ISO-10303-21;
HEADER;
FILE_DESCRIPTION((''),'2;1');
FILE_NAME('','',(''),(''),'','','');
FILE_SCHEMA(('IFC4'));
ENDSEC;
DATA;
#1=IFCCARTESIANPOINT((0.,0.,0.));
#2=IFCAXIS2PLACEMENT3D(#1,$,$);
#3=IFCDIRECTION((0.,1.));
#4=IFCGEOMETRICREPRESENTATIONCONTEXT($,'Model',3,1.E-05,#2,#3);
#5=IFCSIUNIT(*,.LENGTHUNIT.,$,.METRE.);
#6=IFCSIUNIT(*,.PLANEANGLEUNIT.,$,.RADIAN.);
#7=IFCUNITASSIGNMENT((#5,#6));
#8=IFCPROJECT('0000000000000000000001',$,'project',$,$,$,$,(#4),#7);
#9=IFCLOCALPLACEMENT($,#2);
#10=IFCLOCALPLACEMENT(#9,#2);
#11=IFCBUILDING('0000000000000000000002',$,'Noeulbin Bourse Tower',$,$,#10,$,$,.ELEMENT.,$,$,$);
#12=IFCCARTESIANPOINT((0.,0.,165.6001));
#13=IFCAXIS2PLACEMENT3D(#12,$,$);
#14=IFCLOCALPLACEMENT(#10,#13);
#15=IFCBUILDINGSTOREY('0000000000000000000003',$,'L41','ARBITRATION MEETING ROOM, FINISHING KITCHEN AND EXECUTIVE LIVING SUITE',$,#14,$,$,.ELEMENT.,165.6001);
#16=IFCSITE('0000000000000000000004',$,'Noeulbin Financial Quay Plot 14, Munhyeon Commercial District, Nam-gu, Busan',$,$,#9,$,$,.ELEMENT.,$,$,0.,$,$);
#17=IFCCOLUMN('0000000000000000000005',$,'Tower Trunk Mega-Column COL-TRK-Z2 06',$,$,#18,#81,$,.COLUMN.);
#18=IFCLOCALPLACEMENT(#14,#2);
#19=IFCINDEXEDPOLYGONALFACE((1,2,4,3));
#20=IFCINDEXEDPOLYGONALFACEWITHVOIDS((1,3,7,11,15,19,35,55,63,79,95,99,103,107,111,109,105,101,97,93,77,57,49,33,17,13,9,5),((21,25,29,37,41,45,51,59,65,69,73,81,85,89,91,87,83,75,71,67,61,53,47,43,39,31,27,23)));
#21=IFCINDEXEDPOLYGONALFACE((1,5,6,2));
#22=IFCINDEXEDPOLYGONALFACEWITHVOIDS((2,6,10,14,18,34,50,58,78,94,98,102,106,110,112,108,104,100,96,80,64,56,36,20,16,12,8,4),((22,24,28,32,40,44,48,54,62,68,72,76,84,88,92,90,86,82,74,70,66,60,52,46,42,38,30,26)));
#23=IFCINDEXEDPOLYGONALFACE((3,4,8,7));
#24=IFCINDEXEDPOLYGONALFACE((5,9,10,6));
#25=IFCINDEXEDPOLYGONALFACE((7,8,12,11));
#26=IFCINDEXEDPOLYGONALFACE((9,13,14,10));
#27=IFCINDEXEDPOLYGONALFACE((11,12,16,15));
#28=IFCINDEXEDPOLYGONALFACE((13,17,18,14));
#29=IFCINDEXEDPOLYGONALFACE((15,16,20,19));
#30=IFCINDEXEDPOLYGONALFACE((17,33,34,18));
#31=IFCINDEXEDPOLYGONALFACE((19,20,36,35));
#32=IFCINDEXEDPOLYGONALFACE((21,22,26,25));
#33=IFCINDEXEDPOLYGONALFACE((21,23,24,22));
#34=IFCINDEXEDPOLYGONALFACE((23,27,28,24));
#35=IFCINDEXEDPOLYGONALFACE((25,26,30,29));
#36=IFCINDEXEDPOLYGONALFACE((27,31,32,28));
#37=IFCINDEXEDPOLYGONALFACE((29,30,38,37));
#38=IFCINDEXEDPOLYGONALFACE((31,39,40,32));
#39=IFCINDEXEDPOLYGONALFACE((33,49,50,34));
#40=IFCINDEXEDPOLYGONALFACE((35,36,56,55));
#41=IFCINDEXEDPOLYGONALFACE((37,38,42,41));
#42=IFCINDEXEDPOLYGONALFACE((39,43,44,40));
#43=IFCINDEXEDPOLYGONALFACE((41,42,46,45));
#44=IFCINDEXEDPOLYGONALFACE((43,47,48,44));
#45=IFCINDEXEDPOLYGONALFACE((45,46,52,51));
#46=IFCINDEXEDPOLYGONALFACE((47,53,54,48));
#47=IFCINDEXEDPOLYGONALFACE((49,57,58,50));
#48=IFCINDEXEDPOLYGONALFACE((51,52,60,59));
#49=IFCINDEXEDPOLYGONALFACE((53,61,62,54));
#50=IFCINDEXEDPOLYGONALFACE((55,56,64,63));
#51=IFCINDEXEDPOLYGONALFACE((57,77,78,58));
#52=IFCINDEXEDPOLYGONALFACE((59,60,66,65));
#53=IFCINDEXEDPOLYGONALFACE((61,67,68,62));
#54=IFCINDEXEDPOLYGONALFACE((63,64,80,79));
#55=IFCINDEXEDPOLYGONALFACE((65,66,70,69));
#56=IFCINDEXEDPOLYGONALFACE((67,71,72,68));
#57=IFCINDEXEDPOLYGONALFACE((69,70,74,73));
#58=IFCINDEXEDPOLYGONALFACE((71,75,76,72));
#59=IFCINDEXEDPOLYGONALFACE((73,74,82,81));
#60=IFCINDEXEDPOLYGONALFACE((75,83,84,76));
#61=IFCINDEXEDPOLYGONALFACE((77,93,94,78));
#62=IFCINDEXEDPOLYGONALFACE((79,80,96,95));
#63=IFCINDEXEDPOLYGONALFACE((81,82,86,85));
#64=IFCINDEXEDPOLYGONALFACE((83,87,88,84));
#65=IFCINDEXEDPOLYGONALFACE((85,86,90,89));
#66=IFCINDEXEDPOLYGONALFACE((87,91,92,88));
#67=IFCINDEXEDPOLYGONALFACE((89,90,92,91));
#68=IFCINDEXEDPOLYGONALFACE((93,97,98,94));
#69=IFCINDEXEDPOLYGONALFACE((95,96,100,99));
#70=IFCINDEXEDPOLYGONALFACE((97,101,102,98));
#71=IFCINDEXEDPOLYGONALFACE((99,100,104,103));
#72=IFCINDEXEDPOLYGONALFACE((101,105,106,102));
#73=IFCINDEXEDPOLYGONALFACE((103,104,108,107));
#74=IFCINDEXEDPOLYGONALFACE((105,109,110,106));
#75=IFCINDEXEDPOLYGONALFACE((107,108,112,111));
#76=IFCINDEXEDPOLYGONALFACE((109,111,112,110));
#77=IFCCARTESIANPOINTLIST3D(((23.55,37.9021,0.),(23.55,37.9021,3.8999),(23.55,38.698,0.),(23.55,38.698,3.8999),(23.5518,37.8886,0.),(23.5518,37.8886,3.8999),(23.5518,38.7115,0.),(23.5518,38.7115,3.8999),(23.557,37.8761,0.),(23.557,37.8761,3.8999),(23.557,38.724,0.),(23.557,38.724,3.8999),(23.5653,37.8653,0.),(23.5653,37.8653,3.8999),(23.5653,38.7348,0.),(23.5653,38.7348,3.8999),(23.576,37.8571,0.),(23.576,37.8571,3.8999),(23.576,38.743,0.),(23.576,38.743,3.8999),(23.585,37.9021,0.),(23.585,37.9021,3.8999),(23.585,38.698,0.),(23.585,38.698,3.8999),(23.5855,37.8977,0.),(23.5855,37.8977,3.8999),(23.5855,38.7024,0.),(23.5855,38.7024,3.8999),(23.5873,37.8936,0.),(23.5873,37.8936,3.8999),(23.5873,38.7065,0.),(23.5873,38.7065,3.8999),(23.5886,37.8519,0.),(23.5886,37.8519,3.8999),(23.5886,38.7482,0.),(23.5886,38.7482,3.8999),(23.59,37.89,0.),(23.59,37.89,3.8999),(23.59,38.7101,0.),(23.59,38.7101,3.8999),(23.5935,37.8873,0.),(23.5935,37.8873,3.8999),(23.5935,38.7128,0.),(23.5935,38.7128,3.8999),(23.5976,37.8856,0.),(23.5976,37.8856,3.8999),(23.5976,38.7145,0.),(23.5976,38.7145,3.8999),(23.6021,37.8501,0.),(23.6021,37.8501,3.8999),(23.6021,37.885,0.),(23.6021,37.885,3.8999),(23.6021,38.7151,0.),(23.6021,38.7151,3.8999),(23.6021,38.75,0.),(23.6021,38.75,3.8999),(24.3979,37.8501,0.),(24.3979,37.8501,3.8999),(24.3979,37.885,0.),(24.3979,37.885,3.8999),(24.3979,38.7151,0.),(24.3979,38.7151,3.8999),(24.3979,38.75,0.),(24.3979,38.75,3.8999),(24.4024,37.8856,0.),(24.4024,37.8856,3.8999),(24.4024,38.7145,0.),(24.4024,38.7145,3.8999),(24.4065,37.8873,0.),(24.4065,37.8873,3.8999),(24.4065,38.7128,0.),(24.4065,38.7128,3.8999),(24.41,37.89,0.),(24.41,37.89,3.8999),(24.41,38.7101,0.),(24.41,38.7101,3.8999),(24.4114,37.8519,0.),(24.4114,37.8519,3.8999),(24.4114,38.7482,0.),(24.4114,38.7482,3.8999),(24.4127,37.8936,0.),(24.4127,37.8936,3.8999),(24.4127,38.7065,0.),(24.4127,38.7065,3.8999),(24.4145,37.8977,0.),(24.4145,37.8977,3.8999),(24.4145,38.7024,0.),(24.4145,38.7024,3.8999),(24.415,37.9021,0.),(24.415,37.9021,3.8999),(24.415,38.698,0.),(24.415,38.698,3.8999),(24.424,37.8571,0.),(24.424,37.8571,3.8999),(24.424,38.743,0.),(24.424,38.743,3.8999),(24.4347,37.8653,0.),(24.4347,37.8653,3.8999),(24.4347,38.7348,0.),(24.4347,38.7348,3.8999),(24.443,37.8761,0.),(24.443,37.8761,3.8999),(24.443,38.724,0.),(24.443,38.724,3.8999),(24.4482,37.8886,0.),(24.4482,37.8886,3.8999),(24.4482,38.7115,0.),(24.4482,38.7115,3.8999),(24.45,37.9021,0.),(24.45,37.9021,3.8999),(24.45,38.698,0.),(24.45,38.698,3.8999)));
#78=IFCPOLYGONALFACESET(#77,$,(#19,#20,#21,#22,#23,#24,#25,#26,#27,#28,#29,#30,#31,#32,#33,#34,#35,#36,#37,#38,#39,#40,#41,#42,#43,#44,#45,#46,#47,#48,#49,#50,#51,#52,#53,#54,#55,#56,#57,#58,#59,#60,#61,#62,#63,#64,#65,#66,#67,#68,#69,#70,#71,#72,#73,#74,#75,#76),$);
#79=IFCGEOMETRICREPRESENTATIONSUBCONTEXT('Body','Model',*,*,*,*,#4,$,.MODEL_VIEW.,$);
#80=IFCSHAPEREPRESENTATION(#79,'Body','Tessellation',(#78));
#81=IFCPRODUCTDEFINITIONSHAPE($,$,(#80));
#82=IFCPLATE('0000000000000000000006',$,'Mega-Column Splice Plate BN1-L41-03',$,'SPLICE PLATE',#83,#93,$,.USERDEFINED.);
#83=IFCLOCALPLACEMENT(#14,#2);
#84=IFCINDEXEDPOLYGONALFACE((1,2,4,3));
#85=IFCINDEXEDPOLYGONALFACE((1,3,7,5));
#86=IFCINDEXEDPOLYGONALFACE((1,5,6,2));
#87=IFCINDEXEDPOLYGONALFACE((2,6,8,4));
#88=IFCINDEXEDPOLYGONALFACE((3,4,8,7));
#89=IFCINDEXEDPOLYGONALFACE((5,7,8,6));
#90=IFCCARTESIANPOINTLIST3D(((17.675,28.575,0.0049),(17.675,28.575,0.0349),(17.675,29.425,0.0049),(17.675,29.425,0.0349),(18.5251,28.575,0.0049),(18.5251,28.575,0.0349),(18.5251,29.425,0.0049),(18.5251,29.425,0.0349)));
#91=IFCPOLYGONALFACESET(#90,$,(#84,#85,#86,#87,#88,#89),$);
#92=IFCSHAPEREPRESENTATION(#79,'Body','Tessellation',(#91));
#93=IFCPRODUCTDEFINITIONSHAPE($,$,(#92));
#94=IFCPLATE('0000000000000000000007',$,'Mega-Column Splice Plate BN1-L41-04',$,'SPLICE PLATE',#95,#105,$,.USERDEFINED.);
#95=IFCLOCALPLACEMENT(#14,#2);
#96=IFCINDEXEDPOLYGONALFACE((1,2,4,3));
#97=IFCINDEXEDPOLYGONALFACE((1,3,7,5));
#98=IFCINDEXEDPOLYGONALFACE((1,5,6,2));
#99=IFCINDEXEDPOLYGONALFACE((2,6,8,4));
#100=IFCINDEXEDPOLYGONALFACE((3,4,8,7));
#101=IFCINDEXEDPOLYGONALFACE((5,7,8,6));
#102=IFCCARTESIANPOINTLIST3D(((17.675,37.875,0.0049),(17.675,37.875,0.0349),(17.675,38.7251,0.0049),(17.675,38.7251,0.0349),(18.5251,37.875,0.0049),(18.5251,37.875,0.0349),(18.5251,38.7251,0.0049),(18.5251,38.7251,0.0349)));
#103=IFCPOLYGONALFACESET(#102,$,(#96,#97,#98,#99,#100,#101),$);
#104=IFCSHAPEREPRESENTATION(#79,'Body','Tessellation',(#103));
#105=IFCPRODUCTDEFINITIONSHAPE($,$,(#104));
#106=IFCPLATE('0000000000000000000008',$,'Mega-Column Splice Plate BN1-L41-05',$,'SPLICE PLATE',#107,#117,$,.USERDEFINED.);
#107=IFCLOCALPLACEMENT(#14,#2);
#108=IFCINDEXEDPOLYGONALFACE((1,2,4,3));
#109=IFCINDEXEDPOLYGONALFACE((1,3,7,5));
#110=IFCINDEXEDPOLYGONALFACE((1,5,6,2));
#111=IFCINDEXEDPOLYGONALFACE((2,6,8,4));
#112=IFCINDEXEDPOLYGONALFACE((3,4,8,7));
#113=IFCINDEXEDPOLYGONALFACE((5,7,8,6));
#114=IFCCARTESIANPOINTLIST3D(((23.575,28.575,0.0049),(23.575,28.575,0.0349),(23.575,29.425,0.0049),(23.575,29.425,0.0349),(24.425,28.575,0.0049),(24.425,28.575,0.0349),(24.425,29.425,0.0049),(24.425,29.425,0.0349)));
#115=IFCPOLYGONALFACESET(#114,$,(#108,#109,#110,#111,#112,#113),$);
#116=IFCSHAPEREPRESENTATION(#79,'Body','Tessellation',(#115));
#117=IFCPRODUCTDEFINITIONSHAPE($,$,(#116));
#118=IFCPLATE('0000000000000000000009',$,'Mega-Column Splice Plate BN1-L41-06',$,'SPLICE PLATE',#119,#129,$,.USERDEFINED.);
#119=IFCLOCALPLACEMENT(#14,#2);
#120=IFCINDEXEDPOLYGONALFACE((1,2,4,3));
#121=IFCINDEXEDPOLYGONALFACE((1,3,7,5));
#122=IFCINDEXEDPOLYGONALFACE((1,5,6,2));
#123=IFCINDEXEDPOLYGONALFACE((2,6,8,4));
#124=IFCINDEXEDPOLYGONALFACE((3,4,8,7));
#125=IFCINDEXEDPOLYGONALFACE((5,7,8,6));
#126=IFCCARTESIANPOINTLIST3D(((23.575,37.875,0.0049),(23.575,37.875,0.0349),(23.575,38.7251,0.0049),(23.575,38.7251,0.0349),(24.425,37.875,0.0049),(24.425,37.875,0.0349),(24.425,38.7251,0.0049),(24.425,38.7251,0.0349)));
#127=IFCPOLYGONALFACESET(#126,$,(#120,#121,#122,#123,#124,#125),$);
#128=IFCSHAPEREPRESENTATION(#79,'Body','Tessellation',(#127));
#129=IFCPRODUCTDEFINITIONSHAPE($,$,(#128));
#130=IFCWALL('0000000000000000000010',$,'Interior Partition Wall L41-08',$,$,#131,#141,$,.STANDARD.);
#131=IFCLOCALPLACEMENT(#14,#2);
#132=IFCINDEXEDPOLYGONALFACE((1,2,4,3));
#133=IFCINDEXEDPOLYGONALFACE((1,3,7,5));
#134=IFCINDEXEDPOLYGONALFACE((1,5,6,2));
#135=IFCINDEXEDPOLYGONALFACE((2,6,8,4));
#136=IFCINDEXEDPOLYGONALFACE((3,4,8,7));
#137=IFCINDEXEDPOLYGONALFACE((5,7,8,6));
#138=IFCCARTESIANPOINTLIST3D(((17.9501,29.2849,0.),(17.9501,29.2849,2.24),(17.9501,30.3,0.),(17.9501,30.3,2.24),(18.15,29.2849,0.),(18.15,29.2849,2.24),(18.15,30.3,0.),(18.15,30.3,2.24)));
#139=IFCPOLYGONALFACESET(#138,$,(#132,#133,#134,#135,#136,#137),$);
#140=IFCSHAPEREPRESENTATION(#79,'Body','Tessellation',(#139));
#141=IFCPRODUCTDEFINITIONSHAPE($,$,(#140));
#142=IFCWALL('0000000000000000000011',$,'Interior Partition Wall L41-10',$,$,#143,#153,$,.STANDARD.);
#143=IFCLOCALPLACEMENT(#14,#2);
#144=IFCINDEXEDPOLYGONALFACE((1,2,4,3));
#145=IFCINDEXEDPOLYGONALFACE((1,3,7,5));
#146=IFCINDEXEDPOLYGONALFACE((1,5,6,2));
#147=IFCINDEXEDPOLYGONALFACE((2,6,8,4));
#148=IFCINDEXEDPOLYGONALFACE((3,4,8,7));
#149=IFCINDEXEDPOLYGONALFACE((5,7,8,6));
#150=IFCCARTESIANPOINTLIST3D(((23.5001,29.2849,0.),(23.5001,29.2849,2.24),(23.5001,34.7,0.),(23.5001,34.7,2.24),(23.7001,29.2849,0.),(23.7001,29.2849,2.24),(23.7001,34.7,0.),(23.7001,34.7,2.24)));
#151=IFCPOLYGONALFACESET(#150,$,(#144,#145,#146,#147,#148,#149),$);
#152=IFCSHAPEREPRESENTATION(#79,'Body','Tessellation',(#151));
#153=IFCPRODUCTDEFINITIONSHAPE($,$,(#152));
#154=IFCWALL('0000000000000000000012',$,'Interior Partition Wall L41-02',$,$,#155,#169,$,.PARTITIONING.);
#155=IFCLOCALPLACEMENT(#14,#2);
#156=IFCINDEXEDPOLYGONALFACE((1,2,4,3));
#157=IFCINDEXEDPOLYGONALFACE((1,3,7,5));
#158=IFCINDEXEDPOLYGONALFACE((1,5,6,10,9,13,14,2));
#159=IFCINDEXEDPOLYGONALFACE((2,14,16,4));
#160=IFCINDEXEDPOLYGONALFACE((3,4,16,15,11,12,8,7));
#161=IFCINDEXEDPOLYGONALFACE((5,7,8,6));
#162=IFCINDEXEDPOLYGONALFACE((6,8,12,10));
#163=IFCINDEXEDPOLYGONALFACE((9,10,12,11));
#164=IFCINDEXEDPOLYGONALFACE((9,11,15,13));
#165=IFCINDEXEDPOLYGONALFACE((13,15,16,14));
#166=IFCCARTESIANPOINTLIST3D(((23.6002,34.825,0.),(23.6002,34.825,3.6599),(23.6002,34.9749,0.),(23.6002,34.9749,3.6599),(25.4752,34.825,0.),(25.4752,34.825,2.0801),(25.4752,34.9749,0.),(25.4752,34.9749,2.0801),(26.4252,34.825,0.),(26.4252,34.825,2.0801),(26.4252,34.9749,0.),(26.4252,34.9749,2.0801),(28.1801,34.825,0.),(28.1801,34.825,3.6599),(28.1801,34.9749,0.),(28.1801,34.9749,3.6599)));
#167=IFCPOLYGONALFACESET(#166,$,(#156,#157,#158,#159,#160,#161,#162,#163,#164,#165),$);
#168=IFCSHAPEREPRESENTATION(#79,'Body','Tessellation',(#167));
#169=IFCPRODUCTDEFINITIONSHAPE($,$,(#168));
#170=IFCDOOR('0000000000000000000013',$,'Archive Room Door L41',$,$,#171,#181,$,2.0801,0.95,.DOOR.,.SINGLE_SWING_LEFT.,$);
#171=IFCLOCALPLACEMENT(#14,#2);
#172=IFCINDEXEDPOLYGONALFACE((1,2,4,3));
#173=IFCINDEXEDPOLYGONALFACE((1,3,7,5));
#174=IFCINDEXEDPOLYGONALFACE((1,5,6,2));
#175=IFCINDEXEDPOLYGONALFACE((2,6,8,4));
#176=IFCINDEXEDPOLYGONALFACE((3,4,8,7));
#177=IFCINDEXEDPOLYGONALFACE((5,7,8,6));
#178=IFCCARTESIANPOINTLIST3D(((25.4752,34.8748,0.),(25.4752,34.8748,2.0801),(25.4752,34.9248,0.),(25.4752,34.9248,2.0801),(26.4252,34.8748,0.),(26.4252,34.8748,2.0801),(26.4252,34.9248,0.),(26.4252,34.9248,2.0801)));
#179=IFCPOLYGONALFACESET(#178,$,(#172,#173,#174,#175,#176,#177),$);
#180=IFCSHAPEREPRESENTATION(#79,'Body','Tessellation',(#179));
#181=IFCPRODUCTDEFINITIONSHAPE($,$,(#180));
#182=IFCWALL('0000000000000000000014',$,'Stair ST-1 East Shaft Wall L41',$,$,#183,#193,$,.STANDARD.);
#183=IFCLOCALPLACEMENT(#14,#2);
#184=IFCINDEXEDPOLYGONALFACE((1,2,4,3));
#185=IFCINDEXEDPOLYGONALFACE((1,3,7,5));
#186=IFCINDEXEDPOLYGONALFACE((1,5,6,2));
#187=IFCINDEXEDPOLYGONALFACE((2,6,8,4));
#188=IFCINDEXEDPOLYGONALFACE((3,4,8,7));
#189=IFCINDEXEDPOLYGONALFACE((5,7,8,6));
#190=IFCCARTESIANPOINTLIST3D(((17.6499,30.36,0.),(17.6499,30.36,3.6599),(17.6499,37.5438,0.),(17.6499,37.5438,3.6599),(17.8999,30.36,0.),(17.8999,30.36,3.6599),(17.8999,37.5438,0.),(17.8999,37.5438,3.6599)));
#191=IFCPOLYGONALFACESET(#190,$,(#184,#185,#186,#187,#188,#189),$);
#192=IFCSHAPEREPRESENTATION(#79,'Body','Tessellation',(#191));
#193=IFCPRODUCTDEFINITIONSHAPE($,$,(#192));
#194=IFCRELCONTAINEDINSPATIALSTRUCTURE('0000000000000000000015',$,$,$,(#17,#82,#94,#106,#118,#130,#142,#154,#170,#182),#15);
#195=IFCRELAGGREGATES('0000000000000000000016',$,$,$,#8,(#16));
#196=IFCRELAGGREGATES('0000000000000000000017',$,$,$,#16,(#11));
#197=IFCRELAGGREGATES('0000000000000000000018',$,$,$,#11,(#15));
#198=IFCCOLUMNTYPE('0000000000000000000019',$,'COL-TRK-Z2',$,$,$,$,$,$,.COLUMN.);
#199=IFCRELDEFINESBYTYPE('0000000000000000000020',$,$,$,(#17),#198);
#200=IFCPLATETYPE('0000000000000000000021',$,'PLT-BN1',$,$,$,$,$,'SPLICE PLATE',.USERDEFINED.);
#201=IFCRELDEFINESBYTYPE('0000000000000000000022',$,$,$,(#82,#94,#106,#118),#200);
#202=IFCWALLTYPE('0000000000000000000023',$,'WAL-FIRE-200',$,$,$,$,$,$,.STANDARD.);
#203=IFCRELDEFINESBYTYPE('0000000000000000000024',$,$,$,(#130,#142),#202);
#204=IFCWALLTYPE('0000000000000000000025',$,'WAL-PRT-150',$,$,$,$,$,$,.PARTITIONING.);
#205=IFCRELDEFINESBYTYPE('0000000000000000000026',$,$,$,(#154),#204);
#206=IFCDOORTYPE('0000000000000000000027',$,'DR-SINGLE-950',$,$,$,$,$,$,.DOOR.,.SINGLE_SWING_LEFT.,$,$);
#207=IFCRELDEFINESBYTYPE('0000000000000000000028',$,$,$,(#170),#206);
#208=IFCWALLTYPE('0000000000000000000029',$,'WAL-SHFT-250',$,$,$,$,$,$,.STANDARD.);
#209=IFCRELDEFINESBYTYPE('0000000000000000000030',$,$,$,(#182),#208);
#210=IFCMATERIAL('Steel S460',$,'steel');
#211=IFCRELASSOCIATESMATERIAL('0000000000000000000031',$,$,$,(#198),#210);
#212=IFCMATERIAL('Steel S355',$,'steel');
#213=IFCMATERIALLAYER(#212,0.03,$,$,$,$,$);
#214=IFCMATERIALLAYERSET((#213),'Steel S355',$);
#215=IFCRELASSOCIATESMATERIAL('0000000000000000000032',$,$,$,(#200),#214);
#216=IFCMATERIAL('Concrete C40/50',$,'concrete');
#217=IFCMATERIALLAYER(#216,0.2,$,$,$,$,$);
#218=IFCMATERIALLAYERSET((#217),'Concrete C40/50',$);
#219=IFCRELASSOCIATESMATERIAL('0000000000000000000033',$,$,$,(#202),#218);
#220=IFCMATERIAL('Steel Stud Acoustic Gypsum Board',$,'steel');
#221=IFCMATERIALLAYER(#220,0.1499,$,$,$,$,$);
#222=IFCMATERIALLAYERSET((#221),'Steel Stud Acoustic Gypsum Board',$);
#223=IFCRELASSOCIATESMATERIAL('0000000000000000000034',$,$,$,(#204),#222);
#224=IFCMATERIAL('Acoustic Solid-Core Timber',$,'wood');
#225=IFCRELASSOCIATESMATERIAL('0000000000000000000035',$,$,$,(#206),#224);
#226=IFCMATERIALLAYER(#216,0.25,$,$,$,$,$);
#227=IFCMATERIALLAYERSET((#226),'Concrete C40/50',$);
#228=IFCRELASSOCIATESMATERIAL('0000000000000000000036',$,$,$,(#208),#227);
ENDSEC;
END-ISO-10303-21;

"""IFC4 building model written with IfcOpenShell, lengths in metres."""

from ifc_helpers import new_model, si_unit, direction, frame, frame_2d, origin, origin_2d, place, context, subcontext, project, spatial, rectangle, hollow_rectangle, extrude, material, layer, layer_set, material_profile, profile_set, type_object, element, fill, save


model = new_model("IFC4")

# Units and contexts
model_context = context("Model", 3, precision=1e-05, world=origin(), true_north=direction((0.0, 1.0)))
body_context = subcontext(model_context, "Body", "Model", "MODEL_VIEW")
ifc_project = project(units=[si_unit("LENGTHUNIT", "METRE"), si_unit("PLANEANGLEUNIT", "RADIAN")], contexts=[model_context])

# Site, building, storey
site_placement = place(None, origin())
site = spatial("IfcSite", under=ifc_project, at=site_placement, Name="Noeulbin Financial Quay Plot 14, Munhyeon Commercial District, Nam-gu, Busan", CompositionType="ELEMENT", RefElevation=0.0)
building_placement = place(site_placement, origin())
building = spatial("IfcBuilding", under=site, at=building_placement, Name="Noeulbin Bourse Tower", CompositionType="ELEMENT")
storey_placement = place(building_placement, frame((0.0, 0.0, 165.6001)))
storey = spatial("IfcBuildingStorey", under=building, at=storey_placement, Name="L41", Description="ARBITRATION MEETING ROOM, FINISHING KITCHEN AND EXECUTIVE LIVING SUITE", CompositionType="ELEMENT", Elevation=165.6001)

# Column
ifc_material_1 = material(Name="Steel S460", Category="steel")
ifc_material_profile = material_profile(ifc_material_1, hollow_rectangle(XDim=0.8999, YDim=0.8999, WallThickness=0.0349, InnerFilletRadius=0.0171, OuterFilletRadius=0.052, at=origin_2d()), Name="BOX-900x900x35", Category="LoadBearing")
ifc_profile_set = profile_set([ifc_material_profile], Name="Steel S460")
column_type = type_object("IfcColumnType", Name="COL-TRK-Z2", PredefinedType="COLUMN", material=ifc_profile_set)
for number, where, z_axis, x_axis, name in (
    (1, (24.0, 38.3, 0.0), (0.0, 0.0, 1.0), (1.0, 0.0, 0.0), "Tower Trunk Mega-Column COL-TRK-Z2 06"),
):
    element("IfcColumn", number, at=place(storey_placement, frame(where, z_axis=z_axis, x_axis=x_axis)), inside=storey, type_object=column_type, Name=name, PredefinedType="COLUMN", context=body_context, shape_type="SweptSolid", body=[
        extrude(hollow_rectangle(XDim=0.8999, YDim=0.8999, WallThickness=0.0349, InnerFilletRadius=0.0171, OuterFilletRadius=0.052, at=origin_2d()), origin(), (0.0, 0.0, 1.0), 3.8999),
    ])

# Plates
ifc_material_2 = material(Name="Steel S355", Category="steel")
ifc_layer_1 = layer(ifc_material_2, 0.03)
ifc_layer_set_1 = layer_set([ifc_layer_1], Name="Steel S355")
plate_type = type_object("IfcPlateType", Name="PLT-BN1", ElementType="SPLICE PLATE", PredefinedType="USERDEFINED", material=ifc_layer_set_1)
for number, where, z_axis, x_axis, name in (
    (2, (18.1001, 29.0, 0.0049), (0.0, 0.0, 1.0), (1.0, 0.0, 0.0), "Mega-Column Splice Plate BN1-L41-03"),
    (3, (18.1001, 38.3, 0.0049), (0.0, 0.0, 1.0), (1.0, 0.0, 0.0), "Mega-Column Splice Plate BN1-L41-04"),
    (4, (24.0, 29.0, 0.0049), (0.0, 0.0, 1.0), (1.0, 0.0, 0.0), "Mega-Column Splice Plate BN1-L41-05"),
    (5, (24.0, 38.3, 0.0049), (0.0, 0.0, 1.0), (1.0, 0.0, 0.0), "Mega-Column Splice Plate BN1-L41-06"),
):
    element("IfcPlate", number, at=place(storey_placement, frame(where, z_axis=z_axis, x_axis=x_axis)), inside=storey, type_object=plate_type, Name=name, ObjectType="SPLICE PLATE", PredefinedType="USERDEFINED", context=body_context, shape_type="SweptSolid", body=[
        extrude(rectangle(XDim=0.8501, YDim=0.8501, at=origin_2d()), origin(), (0.0, 0.0, 1.0), 0.03),
    ])

# Walls
ifc_material_3 = material(Name="Concrete C40/50", Category="concrete")
ifc_layer_2 = layer(ifc_material_3, 0.2)
ifc_layer_set_2 = layer_set([ifc_layer_2], Name="Concrete C40/50")
wall_type_1 = type_object("IfcWallType", Name="WAL-FIRE-200", PredefinedType="STANDARD", material=ifc_layer_set_2)
wall_1_placement = place(storey_placement, frame((18.05, 29.2849, 0.0), z_axis=(0.0, 0.0, 1.0), x_axis=(0.0, 1.0, 0.0)))
element("IfcWall", 6, at=wall_1_placement, inside=storey, type_object=wall_type_1, Name="Interior Partition Wall L41-08", PredefinedType="STANDARD", context=body_context, shape_type="SweptSolid", body=[
    extrude(rectangle(XDim=1.0151, YDim=0.2, at=frame_2d((0.5076, 0.0))), origin(), (0.0, 0.0, 1.0), 2.24),
])
wall_2_placement = place(storey_placement, frame((23.6001, 29.2849, 0.0), z_axis=(0.0, 0.0, 1.0), x_axis=(0.0, 1.0, 0.0)))
element("IfcWall", 7, at=wall_2_placement, inside=storey, type_object=wall_type_1, Name="Interior Partition Wall L41-10", PredefinedType="STANDARD", context=body_context, shape_type="SweptSolid", body=[
    extrude(rectangle(XDim=5.415, YDim=0.2, at=frame_2d((2.7075, 0.0))), origin(), (0.0, 0.0, 1.0), 2.24),
])

# Wall, opening, door
ifc_material_4 = material(Name="Steel Stud Acoustic Gypsum Board", Category="steel")
ifc_layer_3 = layer(ifc_material_4, 0.1499)
ifc_layer_set_3 = layer_set([ifc_layer_3], Name="Steel Stud Acoustic Gypsum Board")
wall_type_2 = type_object("IfcWallType", Name="WAL-PRT-150", PredefinedType="PARTITIONING", material=ifc_layer_set_3)
wall_3_placement = place(storey_placement, frame((23.6001, 34.8999, 0.0), z_axis=(0.0, 0.0, 1.0), x_axis=(1.0, 0.0, 0.0)))
wall_3 = element("IfcWall", 8, at=wall_3_placement, inside=storey, type_object=wall_type_2, Name="Interior Partition Wall L41-02", PredefinedType="PARTITIONING", context=body_context, shape_type="SweptSolid", body=[
    extrude(rectangle(XDim=4.5798, YDim=0.1499, at=frame_2d((2.29, 0.0))), origin(), (0.0, 0.0, 1.0), 3.6599),
])
opening_1_placement = place(wall_3_placement, frame((1.875, 0.0, 0.0)))
opening_1 = element("IfcOpeningElement", 9, at=opening_1_placement, cuts=wall_3, PredefinedType="OPENING", context=body_context, shape_type="SweptSolid", body=[
    extrude(rectangle(XDim=0.95, YDim=2.0801, at=frame_2d((0.4751, 1.04))), frame((0.0, 0.085, 0.0), z_axis=(0.0, -1.0, 0.0), x_axis=(1.0, 0.0, 0.0)), (0.0, 0.0, 1.0), 0.1699),
])
ifc_material_5 = material(Name="Acoustic Solid-Core Timber", Category="wood")
door_type_1 = type_object("IfcDoorType", Name="DR-SINGLE-950", OperationType="SINGLE_SWING_LEFT", PredefinedType="DOOR", material=ifc_material_5)
door_1_placement = place(opening_1_placement, origin())
door_1 = element("IfcDoor", 10, at=door_1_placement, inside=storey, type_object=door_type_1, Name="Archive Room Door L41", OperationType="SINGLE_SWING_LEFT", OverallHeight=2.0801, OverallWidth=0.95, PredefinedType="DOOR", context=body_context, shape_type="SweptSolid", body=[
    extrude(rectangle(XDim=0.95, YDim=2.0801, at=frame_2d((0.4751, 1.04))), frame((0.0, 0.0249, 0.0), z_axis=(0.0, -1.0, 0.0), x_axis=(1.0, 0.0, 0.0)), (0.0, 0.0, 1.0), 0.05),
])
fill(opening_1, door_1)

# Wall
ifc_layer_4 = layer(ifc_material_3, 0.25)
ifc_layer_set_4 = layer_set([ifc_layer_4], Name="Concrete C40/50")
wall_type_3 = type_object("IfcWallType", Name="WAL-SHFT-250", PredefinedType="STANDARD", material=ifc_layer_set_4)
wall_4_placement = place(storey_placement, frame((17.7749, 30.3601, 0.0), z_axis=(0.0, 0.0, 1.0), x_axis=(0.0, 1.0, 0.0)))
element("IfcWall", 11, at=wall_4_placement, inside=storey, type_object=wall_type_3, Name="Stair ST-1 East Shaft Wall L41", PredefinedType="STANDARD", context=body_context, shape_type="SweptSolid", body=[
    extrude(rectangle(XDim=7.1838, YDim=0.25, at=frame_2d((3.5918, 0.0))), origin(), (0.0, 0.0, 1.0), 3.6599),
])

save(model, "model.ifc")
